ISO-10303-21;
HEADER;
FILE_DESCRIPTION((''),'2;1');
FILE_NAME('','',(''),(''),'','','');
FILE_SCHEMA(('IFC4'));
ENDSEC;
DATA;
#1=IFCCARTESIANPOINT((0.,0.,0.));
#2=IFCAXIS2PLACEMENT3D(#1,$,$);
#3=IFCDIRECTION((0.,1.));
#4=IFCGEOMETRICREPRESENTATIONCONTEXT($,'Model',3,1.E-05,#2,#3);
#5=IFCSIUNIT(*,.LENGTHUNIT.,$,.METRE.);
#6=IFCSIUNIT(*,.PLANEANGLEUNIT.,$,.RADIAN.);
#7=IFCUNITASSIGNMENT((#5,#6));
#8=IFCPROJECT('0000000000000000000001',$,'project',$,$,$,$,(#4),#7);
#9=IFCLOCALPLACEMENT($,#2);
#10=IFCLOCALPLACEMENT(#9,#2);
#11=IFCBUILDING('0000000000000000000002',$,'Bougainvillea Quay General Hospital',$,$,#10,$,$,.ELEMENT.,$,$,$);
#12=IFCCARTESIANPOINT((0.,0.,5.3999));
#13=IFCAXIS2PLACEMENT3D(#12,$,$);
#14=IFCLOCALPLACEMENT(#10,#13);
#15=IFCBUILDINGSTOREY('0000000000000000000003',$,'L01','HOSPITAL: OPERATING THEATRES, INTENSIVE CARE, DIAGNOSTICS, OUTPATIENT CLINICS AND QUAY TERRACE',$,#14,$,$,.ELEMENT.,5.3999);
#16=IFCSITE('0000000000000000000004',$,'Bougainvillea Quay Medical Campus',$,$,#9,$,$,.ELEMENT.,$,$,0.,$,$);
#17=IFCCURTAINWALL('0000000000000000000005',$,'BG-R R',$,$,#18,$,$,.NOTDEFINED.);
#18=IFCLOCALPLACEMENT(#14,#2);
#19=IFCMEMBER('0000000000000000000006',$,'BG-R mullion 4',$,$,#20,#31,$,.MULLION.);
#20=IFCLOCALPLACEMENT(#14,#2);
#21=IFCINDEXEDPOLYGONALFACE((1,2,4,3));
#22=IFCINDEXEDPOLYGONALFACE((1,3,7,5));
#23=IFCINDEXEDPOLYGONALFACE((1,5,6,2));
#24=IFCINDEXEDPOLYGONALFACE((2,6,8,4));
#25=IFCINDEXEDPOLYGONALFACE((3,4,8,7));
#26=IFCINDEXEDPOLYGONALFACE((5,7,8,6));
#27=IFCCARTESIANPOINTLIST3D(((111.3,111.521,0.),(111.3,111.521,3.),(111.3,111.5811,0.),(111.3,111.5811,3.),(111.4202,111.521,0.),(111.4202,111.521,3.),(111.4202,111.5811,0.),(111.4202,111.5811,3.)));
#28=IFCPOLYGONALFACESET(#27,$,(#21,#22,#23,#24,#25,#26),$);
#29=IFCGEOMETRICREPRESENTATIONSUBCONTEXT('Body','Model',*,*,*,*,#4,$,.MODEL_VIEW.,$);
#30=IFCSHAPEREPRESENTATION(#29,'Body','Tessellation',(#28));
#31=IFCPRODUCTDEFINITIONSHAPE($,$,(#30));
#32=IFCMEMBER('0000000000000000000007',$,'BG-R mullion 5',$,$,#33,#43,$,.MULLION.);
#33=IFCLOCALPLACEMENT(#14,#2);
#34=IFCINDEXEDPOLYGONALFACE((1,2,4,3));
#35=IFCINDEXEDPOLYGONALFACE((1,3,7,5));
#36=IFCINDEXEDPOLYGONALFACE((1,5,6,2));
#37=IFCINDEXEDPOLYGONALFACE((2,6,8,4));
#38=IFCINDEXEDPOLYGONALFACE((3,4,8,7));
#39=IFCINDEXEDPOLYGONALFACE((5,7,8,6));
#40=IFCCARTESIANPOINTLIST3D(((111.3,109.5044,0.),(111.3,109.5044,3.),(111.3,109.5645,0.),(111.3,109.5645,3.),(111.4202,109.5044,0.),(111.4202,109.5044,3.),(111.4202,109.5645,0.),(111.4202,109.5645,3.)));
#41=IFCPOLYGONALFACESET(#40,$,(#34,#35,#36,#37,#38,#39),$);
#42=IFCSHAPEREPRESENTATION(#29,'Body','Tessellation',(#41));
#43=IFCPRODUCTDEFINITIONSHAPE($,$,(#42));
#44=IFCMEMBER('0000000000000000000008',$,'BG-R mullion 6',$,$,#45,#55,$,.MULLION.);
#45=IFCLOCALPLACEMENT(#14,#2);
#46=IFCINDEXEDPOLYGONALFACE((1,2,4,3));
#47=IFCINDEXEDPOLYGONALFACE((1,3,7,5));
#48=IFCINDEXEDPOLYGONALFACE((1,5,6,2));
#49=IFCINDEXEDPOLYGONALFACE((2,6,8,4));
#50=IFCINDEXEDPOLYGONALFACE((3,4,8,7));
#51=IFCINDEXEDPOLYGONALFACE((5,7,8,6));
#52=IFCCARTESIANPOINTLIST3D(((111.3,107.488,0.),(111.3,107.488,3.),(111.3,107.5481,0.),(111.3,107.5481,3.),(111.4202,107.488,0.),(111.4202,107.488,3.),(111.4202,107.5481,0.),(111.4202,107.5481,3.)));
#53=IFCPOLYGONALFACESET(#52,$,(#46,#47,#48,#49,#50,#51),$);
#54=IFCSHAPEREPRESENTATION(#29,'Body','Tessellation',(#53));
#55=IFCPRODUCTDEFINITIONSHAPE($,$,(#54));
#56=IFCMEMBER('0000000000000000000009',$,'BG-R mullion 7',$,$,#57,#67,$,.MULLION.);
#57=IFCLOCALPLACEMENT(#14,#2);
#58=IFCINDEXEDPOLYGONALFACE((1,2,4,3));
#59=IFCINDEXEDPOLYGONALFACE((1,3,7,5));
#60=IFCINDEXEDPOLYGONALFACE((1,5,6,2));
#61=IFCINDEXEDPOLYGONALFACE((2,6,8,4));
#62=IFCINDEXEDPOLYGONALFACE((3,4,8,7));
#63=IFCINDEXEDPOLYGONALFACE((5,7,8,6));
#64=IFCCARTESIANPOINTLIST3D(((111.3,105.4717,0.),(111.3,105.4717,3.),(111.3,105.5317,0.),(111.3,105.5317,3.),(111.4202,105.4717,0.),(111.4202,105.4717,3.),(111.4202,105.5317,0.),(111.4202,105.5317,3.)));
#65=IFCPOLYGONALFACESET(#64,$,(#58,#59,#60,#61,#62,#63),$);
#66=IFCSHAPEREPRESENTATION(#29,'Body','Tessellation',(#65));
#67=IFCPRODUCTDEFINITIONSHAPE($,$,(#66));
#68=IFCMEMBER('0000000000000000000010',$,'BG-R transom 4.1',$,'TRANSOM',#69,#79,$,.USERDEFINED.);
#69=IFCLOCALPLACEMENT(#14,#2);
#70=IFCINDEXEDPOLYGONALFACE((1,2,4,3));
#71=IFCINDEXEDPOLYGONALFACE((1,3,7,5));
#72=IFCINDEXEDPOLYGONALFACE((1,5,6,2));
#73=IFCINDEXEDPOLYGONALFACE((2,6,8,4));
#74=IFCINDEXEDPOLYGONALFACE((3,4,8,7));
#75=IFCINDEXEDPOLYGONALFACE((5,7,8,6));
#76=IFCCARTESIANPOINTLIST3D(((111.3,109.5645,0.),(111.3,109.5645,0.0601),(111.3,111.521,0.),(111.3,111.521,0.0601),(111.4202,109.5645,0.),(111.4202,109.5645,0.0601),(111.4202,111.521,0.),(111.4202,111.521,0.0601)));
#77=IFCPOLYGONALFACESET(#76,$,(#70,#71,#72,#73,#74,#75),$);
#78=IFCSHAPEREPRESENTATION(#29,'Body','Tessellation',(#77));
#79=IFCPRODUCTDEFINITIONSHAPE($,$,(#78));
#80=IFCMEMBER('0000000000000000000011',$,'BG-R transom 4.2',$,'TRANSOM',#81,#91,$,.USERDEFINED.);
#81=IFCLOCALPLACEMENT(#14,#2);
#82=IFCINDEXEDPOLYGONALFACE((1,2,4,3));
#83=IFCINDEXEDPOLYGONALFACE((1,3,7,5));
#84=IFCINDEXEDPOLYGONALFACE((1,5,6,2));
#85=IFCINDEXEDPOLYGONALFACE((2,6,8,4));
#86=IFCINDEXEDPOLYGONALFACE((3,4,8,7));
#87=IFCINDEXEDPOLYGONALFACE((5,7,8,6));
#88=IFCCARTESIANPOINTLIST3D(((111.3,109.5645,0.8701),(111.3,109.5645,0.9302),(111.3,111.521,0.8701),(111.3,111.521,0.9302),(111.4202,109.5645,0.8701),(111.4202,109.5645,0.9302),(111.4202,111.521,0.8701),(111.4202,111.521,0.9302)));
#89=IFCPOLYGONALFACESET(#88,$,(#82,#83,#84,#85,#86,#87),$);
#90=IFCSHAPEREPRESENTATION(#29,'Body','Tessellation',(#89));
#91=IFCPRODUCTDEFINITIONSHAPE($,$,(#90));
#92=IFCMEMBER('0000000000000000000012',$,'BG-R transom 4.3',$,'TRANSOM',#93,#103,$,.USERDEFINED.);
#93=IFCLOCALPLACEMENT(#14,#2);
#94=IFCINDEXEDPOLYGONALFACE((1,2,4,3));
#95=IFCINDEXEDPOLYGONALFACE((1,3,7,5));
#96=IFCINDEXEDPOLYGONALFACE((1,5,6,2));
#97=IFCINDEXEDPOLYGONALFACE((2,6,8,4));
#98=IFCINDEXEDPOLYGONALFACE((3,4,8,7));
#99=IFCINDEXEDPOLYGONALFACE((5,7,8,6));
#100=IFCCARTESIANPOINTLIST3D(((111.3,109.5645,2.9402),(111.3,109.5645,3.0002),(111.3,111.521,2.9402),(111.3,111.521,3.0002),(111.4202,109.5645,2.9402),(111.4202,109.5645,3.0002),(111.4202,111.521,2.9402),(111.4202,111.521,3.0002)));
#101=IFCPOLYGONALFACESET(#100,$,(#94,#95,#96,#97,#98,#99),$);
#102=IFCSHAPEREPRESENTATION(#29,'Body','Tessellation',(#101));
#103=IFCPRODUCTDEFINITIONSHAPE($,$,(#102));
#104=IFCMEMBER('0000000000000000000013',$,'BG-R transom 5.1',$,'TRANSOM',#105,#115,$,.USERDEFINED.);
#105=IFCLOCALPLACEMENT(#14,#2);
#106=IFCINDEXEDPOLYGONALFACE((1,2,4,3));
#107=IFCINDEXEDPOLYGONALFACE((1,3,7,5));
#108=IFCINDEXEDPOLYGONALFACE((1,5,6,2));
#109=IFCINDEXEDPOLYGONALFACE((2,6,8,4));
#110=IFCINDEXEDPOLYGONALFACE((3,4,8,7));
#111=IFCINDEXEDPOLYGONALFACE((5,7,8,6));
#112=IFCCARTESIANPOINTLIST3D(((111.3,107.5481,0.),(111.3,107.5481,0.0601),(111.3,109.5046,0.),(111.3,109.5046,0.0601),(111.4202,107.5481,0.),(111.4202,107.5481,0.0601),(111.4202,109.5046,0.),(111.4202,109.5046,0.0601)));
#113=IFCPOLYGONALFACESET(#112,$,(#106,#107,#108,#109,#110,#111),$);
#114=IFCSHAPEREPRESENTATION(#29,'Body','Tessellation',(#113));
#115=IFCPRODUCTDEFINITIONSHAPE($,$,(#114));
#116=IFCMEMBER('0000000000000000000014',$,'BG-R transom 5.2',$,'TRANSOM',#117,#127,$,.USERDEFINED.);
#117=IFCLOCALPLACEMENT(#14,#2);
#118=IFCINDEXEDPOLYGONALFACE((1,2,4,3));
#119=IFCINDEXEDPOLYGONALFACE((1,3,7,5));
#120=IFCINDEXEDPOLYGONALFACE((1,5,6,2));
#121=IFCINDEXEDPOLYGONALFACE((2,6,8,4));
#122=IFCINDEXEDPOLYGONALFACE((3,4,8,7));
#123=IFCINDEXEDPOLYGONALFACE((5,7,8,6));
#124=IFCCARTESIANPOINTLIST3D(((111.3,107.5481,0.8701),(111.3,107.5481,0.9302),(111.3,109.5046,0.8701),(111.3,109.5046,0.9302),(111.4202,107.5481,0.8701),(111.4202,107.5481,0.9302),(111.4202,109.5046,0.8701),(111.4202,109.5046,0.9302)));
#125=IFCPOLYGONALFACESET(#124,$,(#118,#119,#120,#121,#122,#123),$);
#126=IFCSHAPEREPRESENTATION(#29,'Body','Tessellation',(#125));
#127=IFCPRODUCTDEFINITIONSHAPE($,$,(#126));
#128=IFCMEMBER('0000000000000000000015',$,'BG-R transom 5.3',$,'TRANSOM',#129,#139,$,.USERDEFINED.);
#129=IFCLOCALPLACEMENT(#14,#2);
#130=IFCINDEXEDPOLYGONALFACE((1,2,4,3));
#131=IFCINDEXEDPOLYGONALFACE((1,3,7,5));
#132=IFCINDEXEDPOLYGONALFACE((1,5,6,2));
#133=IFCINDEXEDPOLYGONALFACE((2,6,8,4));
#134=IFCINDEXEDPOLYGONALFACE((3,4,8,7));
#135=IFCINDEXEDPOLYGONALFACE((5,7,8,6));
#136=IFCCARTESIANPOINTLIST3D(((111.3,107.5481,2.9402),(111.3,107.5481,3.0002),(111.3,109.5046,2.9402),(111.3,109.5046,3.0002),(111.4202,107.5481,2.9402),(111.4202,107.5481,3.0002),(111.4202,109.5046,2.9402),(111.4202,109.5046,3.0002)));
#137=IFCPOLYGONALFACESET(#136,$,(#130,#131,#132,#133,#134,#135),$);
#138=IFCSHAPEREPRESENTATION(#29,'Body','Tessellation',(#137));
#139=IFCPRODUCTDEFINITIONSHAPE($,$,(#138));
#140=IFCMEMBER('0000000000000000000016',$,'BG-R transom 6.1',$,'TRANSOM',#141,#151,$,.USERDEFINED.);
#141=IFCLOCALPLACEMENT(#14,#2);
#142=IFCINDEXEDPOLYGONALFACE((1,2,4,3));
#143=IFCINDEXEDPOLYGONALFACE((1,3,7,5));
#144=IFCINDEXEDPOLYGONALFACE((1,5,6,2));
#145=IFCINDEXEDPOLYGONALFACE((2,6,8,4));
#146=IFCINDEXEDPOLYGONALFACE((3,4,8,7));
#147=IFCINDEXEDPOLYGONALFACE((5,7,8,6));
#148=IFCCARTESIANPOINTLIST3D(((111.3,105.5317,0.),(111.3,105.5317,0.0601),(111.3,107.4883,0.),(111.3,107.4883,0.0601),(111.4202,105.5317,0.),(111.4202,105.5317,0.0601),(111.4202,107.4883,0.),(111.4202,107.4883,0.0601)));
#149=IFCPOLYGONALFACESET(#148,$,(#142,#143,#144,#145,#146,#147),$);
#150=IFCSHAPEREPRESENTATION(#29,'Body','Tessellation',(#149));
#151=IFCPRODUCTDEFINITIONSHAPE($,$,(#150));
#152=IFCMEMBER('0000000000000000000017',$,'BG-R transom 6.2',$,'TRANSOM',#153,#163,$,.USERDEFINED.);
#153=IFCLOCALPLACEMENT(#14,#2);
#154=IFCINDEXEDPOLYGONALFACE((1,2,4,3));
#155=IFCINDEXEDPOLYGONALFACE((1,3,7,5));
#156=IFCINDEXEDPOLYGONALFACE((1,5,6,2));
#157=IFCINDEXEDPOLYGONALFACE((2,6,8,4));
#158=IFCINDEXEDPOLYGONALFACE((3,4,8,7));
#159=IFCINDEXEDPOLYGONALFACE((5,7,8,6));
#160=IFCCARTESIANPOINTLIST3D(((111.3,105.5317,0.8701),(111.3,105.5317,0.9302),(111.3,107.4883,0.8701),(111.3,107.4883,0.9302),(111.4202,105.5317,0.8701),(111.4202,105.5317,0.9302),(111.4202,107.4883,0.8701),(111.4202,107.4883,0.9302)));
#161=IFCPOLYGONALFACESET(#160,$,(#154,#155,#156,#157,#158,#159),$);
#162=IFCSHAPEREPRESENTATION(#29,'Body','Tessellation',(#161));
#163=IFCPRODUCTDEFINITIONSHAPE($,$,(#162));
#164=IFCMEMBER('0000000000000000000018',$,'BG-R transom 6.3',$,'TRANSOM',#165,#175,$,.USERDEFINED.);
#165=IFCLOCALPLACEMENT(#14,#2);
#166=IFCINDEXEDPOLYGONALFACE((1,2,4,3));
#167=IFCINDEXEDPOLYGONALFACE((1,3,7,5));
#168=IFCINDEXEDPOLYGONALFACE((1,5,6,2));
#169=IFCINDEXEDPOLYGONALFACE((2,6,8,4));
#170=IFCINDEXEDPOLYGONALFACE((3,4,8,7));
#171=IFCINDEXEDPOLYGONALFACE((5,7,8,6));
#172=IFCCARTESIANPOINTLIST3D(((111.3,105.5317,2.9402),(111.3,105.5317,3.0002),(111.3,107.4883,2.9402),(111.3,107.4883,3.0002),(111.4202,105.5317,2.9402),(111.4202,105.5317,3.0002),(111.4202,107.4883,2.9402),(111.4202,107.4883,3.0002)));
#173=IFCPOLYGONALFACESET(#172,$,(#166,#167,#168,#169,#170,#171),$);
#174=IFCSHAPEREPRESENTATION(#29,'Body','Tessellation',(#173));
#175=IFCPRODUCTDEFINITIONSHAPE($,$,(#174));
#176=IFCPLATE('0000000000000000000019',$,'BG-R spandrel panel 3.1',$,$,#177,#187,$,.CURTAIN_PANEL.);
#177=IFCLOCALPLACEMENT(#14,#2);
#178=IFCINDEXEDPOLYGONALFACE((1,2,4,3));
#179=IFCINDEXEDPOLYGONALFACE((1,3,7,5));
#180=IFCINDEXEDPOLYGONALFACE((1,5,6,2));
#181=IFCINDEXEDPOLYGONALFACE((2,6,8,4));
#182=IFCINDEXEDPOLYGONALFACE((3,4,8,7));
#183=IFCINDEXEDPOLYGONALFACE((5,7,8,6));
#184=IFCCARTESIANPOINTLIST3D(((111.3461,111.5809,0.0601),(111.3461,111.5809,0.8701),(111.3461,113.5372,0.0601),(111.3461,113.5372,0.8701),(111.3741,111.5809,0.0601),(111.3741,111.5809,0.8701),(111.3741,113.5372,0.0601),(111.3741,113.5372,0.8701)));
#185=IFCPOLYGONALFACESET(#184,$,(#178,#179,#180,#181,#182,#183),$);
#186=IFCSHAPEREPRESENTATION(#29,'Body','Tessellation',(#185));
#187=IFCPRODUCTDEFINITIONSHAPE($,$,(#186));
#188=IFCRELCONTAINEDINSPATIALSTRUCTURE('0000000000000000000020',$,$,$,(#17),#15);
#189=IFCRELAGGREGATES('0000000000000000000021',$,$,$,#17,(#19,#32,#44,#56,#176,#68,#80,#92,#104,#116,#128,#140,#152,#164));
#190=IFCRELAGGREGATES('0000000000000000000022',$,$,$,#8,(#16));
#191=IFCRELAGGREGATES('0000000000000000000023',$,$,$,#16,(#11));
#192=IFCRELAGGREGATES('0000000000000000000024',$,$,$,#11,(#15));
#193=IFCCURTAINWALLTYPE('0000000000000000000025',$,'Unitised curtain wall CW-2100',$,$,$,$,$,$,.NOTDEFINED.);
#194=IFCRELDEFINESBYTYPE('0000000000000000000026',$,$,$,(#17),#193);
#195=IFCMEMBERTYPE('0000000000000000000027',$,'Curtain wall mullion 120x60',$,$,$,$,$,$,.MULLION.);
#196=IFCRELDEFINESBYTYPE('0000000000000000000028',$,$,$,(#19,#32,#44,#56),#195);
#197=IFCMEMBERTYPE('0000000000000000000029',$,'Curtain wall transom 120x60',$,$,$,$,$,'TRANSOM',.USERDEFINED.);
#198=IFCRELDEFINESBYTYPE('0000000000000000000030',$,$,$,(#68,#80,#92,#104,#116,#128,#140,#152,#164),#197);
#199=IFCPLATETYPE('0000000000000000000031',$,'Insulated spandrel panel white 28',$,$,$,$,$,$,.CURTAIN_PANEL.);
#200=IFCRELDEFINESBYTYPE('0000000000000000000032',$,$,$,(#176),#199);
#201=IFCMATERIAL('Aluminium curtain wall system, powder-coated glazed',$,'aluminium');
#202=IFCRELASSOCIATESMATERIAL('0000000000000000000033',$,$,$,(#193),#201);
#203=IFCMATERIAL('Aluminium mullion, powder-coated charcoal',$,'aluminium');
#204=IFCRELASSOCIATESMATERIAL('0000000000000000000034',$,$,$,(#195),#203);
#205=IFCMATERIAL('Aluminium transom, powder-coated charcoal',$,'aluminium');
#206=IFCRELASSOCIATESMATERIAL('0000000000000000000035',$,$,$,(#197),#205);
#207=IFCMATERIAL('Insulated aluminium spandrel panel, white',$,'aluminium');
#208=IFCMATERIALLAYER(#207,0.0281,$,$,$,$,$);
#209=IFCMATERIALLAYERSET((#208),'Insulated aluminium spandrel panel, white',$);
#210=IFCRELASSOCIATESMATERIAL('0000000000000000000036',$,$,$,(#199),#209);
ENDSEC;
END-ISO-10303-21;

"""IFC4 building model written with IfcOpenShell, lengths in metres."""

from ifc_helpers import new_model, si_unit, direction, frame, origin, origin_2d, place, context, subcontext, project, spatial, rectangle, extrude, material, layer, layer_set, material_profile, profile_set, type_object, element, aggregate, save


model = new_model("IFC4")

# Units and contexts
model_context = context("Model", 3, precision=1e-05, world=origin(), true_north=direction((0.0, 1.0)))
body_context = subcontext(model_context, "Body", "Model", "MODEL_VIEW")
ifc_project = project(units=[si_unit("LENGTHUNIT", "METRE"), si_unit("PLANEANGLEUNIT", "RADIAN")], contexts=[model_context])

# Site, building, storey
site_placement = place(None, origin())
site = spatial("IfcSite", under=ifc_project, at=site_placement, Name="Bougainvillea Quay Medical Campus", CompositionType="ELEMENT", RefElevation=0.0)
building_placement = place(site_placement, origin())
building = spatial("IfcBuilding", under=site, at=building_placement, Name="Bougainvillea Quay General Hospital", CompositionType="ELEMENT")
storey_placement = place(building_placement, frame((0.0, 0.0, 5.3999)))
storey = spatial("IfcBuildingStorey", under=building, at=storey_placement, Name="L01", Description="HOSPITAL: OPERATING THEATRES, INTENSIVE CARE, DIAGNOSTICS, OUTPATIENT CLINICS AND QUAY TERRACE", CompositionType="ELEMENT", Elevation=5.3999)

# Curtain wall, members, plate
ifc_material_1 = material(Name="Aluminium curtain wall system, powder-coated glazed", Category="aluminium")
curtain_wall_type = type_object("IfcCurtainWallType", Name="Unitised curtain wall CW-2100", PredefinedType="NOTDEFINED", material=ifc_material_1)
curtain_wall_placement = place(storey_placement, origin())
curtain_wall = element("IfcCurtainWall", 1, at=curtain_wall_placement, inside=storey, type_object=curtain_wall_type, Name="BG-R R", PredefinedType="NOTDEFINED")
ifc_material_2 = material(Name="Aluminium mullion, powder-coated charcoal", Category="aluminium")
ifc_material_profile_1 = material_profile(ifc_material_2, rectangle(XDim=0.1201, YDim=0.0601, at=origin_2d()))
ifc_profile_set_1 = profile_set([ifc_material_profile_1], Name="Aluminium mullion, powder-coated charcoal")
member_type_1 = type_object("IfcMemberType", Name="Curtain wall mullion 120x60", PredefinedType="MULLION", material=ifc_profile_set_1)
member_1_placement = place(storey_placement, frame((111.3601, 111.551, 0.0), z_axis=(0.0, 0.0, 1.0), x_axis=(1.0, 0.0, 0.0)))
member_1 = element("IfcMember", 2, at=member_1_placement, type_object=member_type_1, Name="BG-R mullion 4", PredefinedType="MULLION", context=body_context, shape_type="SweptSolid", body=[
    extrude(rectangle(XDim=0.1201, YDim=0.0601, at=origin_2d()), origin(), (0.0, 0.0, 1.0), 3.0),
])
member_2_placement = place(storey_placement, frame((111.3601, 109.5344, 0.0), z_axis=(0.0, 0.0, 1.0), x_axis=(1.0, 0.0, 0.0)))
member_2 = element("IfcMember", 3, at=member_2_placement, type_object=member_type_1, Name="BG-R mullion 5", PredefinedType="MULLION", context=body_context, shape_type="SweptSolid", body=[
    extrude(rectangle(XDim=0.1201, YDim=0.0601, at=origin_2d()), origin(), (0.0, 0.0, 1.0), 3.0),
])
member_3_placement = place(storey_placement, frame((111.3601, 107.5181, 0.0), z_axis=(0.0, 0.0, 1.0), x_axis=(1.0, 0.0, 0.0)))
member_3 = element("IfcMember", 4, at=member_3_placement, type_object=member_type_1, Name="BG-R mullion 6", PredefinedType="MULLION", context=body_context, shape_type="SweptSolid", body=[
    extrude(rectangle(XDim=0.1201, YDim=0.0601, at=origin_2d()), origin(), (0.0, 0.0, 1.0), 3.0),
])
member_4_placement = place(storey_placement, frame((111.3601, 105.5017, 0.0), z_axis=(0.0, 0.0, 1.0), x_axis=(1.0, 0.0, 0.0)))
member_4 = element("IfcMember", 5, at=member_4_placement, type_object=member_type_1, Name="BG-R mullion 7", PredefinedType="MULLION", context=body_context, shape_type="SweptSolid", body=[
    extrude(rectangle(XDim=0.1201, YDim=0.0601, at=origin_2d()), origin(), (0.0, 0.0, 1.0), 3.0),
])
ifc_material_3 = material(Name="Aluminium transom, powder-coated charcoal", Category="aluminium")
ifc_material_profile_2 = material_profile(ifc_material_3, rectangle(XDim=0.1201, YDim=0.0601, at=origin_2d()))
ifc_profile_set_2 = profile_set([ifc_material_profile_2], Name="Aluminium transom, powder-coated charcoal")
member_type_2 = type_object("IfcMemberType", Name="Curtain wall transom 120x60", ElementType="TRANSOM", PredefinedType="USERDEFINED", material=ifc_profile_set_2)
member_5_placement = place(storey_placement, frame((111.3601, 111.521, 0.03), z_axis=(0.0, -1.0, 0.0), x_axis=(1.0, 0.0, 0.0)))
member_5 = element("IfcMember", 6, at=member_5_placement, type_object=member_type_2, Name="BG-R transom 4.1", ObjectType="TRANSOM", PredefinedType="USERDEFINED", context=body_context, shape_type="SweptSolid", body=[
    extrude(rectangle(XDim=0.1201, YDim=0.0601, at=origin_2d()), origin(), (0.0, 0.0, 1.0), 1.9565),
])
member_6_placement = place(storey_placement, frame((111.3601, 111.521, 0.9001), z_axis=(0.0, -1.0, 0.0), x_axis=(1.0, 0.0, 0.0)))
member_6 = element("IfcMember", 7, at=member_6_placement, type_object=member_type_2, Name="BG-R transom 4.2", ObjectType="TRANSOM", PredefinedType="USERDEFINED", context=body_context, shape_type="SweptSolid", body=[
    extrude(rectangle(XDim=0.1201, YDim=0.0601, at=origin_2d()), origin(), (0.0, 0.0, 1.0), 1.9565),
])
member_7_placement = place(storey_placement, frame((111.3601, 111.521, 2.9702), z_axis=(0.0, -1.0, 0.0), x_axis=(1.0, 0.0, 0.0)))
member_7 = element("IfcMember", 8, at=member_7_placement, type_object=member_type_2, Name="BG-R transom 4.3", ObjectType="TRANSOM", PredefinedType="USERDEFINED", context=body_context, shape_type="SweptSolid", body=[
    extrude(rectangle(XDim=0.1201, YDim=0.0601, at=origin_2d()), origin(), (0.0, 0.0, 1.0), 1.9565),
])
member_8_placement = place(storey_placement, frame((111.3601, 109.5046, 0.03), z_axis=(0.0, -1.0, 0.0), x_axis=(1.0, 0.0, 0.0)))
member_8 = element("IfcMember", 9, at=member_8_placement, type_object=member_type_2, Name="BG-R transom 5.1", ObjectType="TRANSOM", PredefinedType="USERDEFINED", context=body_context, shape_type="SweptSolid", body=[
    extrude(rectangle(XDim=0.1201, YDim=0.0601, at=origin_2d()), origin(), (0.0, 0.0, 1.0), 1.9565),
])
member_9_placement = place(storey_placement, frame((111.3601, 109.5046, 0.9001), z_axis=(0.0, -1.0, 0.0), x_axis=(1.0, 0.0, 0.0)))
member_9 = element("IfcMember", 10, at=member_9_placement, type_object=member_type_2, Name="BG-R transom 5.2", ObjectType="TRANSOM", PredefinedType="USERDEFINED", context=body_context, shape_type="SweptSolid", body=[
    extrude(rectangle(XDim=0.1201, YDim=0.0601, at=origin_2d()), origin(), (0.0, 0.0, 1.0), 1.9565),
])
member_10_placement = place(storey_placement, frame((111.3601, 109.5046, 2.9702), z_axis=(0.0, -1.0, 0.0), x_axis=(1.0, 0.0, 0.0)))
member_10 = element("IfcMember", 11, at=member_10_placement, type_object=member_type_2, Name="BG-R transom 5.3", ObjectType="TRANSOM", PredefinedType="USERDEFINED", context=body_context, shape_type="SweptSolid", body=[
    extrude(rectangle(XDim=0.1201, YDim=0.0601, at=origin_2d()), origin(), (0.0, 0.0, 1.0), 1.9565),
])
member_11_placement = place(storey_placement, frame((111.3601, 107.4883, 0.03), z_axis=(0.0, -1.0, 0.0), x_axis=(1.0, 0.0, 0.0)))
member_11 = element("IfcMember", 12, at=member_11_placement, type_object=member_type_2, Name="BG-R transom 6.1", ObjectType="TRANSOM", PredefinedType="USERDEFINED", context=body_context, shape_type="SweptSolid", body=[
    extrude(rectangle(XDim=0.1201, YDim=0.0601, at=origin_2d()), origin(), (0.0, 0.0, 1.0), 1.9565),
])
member_12_placement = place(storey_placement, frame((111.3601, 107.4883, 0.9001), z_axis=(0.0, -1.0, 0.0), x_axis=(1.0, 0.0, 0.0)))
member_12 = element("IfcMember", 13, at=member_12_placement, type_object=member_type_2, Name="BG-R transom 6.2", ObjectType="TRANSOM", PredefinedType="USERDEFINED", context=body_context, shape_type="SweptSolid", body=[
    extrude(rectangle(XDim=0.1201, YDim=0.0601, at=origin_2d()), origin(), (0.0, 0.0, 1.0), 1.9565),
])
member_13_placement = place(storey_placement, frame((111.3601, 107.4883, 2.9702), z_axis=(0.0, -1.0, 0.0), x_axis=(1.0, 0.0, 0.0)))
member_13 = element("IfcMember", 14, at=member_13_placement, type_object=member_type_2, Name="BG-R transom 6.3", ObjectType="TRANSOM", PredefinedType="USERDEFINED", context=body_context, shape_type="SweptSolid", body=[
    extrude(rectangle(XDim=0.1201, YDim=0.0601, at=origin_2d()), origin(), (0.0, 0.0, 1.0), 1.9565),
])
ifc_material_4 = material(Name="Insulated aluminium spandrel panel, white", Category="aluminium")
ifc_layer_1 = layer(ifc_material_4, 0.0281)
ifc_layer_set_1 = layer_set([ifc_layer_1], Name="Insulated aluminium spandrel panel, white")
plate_type_1 = type_object("IfcPlateType", Name="Insulated spandrel panel white 28", PredefinedType="CURTAIN_PANEL", material=ifc_layer_set_1)
plate_1_placement = place(storey_placement, frame((111.3601, 112.5591, 0.0601), z_axis=(0.0, 0.0, 1.0), x_axis=(0.0, -1.0, 0.0)))
plate_1 = element("IfcPlate", 15, at=plate_1_placement, type_object=plate_type_1, Name="BG-R spandrel panel 3.1", PredefinedType="CURTAIN_PANEL", context=body_context, shape_type="SweptSolid", body=[
    extrude(rectangle(XDim=1.9563, YDim=0.0281, at=origin_2d()), origin(), (0.0, 0.0, 1.0), 0.8101),
])
aggregate(curtain_wall, [member_1, member_2, member_3, member_4, plate_1, member_5, member_6, member_7, member_8, member_9, member_10, member_11, member_12, member_13])

save(model, "model.ifc")
